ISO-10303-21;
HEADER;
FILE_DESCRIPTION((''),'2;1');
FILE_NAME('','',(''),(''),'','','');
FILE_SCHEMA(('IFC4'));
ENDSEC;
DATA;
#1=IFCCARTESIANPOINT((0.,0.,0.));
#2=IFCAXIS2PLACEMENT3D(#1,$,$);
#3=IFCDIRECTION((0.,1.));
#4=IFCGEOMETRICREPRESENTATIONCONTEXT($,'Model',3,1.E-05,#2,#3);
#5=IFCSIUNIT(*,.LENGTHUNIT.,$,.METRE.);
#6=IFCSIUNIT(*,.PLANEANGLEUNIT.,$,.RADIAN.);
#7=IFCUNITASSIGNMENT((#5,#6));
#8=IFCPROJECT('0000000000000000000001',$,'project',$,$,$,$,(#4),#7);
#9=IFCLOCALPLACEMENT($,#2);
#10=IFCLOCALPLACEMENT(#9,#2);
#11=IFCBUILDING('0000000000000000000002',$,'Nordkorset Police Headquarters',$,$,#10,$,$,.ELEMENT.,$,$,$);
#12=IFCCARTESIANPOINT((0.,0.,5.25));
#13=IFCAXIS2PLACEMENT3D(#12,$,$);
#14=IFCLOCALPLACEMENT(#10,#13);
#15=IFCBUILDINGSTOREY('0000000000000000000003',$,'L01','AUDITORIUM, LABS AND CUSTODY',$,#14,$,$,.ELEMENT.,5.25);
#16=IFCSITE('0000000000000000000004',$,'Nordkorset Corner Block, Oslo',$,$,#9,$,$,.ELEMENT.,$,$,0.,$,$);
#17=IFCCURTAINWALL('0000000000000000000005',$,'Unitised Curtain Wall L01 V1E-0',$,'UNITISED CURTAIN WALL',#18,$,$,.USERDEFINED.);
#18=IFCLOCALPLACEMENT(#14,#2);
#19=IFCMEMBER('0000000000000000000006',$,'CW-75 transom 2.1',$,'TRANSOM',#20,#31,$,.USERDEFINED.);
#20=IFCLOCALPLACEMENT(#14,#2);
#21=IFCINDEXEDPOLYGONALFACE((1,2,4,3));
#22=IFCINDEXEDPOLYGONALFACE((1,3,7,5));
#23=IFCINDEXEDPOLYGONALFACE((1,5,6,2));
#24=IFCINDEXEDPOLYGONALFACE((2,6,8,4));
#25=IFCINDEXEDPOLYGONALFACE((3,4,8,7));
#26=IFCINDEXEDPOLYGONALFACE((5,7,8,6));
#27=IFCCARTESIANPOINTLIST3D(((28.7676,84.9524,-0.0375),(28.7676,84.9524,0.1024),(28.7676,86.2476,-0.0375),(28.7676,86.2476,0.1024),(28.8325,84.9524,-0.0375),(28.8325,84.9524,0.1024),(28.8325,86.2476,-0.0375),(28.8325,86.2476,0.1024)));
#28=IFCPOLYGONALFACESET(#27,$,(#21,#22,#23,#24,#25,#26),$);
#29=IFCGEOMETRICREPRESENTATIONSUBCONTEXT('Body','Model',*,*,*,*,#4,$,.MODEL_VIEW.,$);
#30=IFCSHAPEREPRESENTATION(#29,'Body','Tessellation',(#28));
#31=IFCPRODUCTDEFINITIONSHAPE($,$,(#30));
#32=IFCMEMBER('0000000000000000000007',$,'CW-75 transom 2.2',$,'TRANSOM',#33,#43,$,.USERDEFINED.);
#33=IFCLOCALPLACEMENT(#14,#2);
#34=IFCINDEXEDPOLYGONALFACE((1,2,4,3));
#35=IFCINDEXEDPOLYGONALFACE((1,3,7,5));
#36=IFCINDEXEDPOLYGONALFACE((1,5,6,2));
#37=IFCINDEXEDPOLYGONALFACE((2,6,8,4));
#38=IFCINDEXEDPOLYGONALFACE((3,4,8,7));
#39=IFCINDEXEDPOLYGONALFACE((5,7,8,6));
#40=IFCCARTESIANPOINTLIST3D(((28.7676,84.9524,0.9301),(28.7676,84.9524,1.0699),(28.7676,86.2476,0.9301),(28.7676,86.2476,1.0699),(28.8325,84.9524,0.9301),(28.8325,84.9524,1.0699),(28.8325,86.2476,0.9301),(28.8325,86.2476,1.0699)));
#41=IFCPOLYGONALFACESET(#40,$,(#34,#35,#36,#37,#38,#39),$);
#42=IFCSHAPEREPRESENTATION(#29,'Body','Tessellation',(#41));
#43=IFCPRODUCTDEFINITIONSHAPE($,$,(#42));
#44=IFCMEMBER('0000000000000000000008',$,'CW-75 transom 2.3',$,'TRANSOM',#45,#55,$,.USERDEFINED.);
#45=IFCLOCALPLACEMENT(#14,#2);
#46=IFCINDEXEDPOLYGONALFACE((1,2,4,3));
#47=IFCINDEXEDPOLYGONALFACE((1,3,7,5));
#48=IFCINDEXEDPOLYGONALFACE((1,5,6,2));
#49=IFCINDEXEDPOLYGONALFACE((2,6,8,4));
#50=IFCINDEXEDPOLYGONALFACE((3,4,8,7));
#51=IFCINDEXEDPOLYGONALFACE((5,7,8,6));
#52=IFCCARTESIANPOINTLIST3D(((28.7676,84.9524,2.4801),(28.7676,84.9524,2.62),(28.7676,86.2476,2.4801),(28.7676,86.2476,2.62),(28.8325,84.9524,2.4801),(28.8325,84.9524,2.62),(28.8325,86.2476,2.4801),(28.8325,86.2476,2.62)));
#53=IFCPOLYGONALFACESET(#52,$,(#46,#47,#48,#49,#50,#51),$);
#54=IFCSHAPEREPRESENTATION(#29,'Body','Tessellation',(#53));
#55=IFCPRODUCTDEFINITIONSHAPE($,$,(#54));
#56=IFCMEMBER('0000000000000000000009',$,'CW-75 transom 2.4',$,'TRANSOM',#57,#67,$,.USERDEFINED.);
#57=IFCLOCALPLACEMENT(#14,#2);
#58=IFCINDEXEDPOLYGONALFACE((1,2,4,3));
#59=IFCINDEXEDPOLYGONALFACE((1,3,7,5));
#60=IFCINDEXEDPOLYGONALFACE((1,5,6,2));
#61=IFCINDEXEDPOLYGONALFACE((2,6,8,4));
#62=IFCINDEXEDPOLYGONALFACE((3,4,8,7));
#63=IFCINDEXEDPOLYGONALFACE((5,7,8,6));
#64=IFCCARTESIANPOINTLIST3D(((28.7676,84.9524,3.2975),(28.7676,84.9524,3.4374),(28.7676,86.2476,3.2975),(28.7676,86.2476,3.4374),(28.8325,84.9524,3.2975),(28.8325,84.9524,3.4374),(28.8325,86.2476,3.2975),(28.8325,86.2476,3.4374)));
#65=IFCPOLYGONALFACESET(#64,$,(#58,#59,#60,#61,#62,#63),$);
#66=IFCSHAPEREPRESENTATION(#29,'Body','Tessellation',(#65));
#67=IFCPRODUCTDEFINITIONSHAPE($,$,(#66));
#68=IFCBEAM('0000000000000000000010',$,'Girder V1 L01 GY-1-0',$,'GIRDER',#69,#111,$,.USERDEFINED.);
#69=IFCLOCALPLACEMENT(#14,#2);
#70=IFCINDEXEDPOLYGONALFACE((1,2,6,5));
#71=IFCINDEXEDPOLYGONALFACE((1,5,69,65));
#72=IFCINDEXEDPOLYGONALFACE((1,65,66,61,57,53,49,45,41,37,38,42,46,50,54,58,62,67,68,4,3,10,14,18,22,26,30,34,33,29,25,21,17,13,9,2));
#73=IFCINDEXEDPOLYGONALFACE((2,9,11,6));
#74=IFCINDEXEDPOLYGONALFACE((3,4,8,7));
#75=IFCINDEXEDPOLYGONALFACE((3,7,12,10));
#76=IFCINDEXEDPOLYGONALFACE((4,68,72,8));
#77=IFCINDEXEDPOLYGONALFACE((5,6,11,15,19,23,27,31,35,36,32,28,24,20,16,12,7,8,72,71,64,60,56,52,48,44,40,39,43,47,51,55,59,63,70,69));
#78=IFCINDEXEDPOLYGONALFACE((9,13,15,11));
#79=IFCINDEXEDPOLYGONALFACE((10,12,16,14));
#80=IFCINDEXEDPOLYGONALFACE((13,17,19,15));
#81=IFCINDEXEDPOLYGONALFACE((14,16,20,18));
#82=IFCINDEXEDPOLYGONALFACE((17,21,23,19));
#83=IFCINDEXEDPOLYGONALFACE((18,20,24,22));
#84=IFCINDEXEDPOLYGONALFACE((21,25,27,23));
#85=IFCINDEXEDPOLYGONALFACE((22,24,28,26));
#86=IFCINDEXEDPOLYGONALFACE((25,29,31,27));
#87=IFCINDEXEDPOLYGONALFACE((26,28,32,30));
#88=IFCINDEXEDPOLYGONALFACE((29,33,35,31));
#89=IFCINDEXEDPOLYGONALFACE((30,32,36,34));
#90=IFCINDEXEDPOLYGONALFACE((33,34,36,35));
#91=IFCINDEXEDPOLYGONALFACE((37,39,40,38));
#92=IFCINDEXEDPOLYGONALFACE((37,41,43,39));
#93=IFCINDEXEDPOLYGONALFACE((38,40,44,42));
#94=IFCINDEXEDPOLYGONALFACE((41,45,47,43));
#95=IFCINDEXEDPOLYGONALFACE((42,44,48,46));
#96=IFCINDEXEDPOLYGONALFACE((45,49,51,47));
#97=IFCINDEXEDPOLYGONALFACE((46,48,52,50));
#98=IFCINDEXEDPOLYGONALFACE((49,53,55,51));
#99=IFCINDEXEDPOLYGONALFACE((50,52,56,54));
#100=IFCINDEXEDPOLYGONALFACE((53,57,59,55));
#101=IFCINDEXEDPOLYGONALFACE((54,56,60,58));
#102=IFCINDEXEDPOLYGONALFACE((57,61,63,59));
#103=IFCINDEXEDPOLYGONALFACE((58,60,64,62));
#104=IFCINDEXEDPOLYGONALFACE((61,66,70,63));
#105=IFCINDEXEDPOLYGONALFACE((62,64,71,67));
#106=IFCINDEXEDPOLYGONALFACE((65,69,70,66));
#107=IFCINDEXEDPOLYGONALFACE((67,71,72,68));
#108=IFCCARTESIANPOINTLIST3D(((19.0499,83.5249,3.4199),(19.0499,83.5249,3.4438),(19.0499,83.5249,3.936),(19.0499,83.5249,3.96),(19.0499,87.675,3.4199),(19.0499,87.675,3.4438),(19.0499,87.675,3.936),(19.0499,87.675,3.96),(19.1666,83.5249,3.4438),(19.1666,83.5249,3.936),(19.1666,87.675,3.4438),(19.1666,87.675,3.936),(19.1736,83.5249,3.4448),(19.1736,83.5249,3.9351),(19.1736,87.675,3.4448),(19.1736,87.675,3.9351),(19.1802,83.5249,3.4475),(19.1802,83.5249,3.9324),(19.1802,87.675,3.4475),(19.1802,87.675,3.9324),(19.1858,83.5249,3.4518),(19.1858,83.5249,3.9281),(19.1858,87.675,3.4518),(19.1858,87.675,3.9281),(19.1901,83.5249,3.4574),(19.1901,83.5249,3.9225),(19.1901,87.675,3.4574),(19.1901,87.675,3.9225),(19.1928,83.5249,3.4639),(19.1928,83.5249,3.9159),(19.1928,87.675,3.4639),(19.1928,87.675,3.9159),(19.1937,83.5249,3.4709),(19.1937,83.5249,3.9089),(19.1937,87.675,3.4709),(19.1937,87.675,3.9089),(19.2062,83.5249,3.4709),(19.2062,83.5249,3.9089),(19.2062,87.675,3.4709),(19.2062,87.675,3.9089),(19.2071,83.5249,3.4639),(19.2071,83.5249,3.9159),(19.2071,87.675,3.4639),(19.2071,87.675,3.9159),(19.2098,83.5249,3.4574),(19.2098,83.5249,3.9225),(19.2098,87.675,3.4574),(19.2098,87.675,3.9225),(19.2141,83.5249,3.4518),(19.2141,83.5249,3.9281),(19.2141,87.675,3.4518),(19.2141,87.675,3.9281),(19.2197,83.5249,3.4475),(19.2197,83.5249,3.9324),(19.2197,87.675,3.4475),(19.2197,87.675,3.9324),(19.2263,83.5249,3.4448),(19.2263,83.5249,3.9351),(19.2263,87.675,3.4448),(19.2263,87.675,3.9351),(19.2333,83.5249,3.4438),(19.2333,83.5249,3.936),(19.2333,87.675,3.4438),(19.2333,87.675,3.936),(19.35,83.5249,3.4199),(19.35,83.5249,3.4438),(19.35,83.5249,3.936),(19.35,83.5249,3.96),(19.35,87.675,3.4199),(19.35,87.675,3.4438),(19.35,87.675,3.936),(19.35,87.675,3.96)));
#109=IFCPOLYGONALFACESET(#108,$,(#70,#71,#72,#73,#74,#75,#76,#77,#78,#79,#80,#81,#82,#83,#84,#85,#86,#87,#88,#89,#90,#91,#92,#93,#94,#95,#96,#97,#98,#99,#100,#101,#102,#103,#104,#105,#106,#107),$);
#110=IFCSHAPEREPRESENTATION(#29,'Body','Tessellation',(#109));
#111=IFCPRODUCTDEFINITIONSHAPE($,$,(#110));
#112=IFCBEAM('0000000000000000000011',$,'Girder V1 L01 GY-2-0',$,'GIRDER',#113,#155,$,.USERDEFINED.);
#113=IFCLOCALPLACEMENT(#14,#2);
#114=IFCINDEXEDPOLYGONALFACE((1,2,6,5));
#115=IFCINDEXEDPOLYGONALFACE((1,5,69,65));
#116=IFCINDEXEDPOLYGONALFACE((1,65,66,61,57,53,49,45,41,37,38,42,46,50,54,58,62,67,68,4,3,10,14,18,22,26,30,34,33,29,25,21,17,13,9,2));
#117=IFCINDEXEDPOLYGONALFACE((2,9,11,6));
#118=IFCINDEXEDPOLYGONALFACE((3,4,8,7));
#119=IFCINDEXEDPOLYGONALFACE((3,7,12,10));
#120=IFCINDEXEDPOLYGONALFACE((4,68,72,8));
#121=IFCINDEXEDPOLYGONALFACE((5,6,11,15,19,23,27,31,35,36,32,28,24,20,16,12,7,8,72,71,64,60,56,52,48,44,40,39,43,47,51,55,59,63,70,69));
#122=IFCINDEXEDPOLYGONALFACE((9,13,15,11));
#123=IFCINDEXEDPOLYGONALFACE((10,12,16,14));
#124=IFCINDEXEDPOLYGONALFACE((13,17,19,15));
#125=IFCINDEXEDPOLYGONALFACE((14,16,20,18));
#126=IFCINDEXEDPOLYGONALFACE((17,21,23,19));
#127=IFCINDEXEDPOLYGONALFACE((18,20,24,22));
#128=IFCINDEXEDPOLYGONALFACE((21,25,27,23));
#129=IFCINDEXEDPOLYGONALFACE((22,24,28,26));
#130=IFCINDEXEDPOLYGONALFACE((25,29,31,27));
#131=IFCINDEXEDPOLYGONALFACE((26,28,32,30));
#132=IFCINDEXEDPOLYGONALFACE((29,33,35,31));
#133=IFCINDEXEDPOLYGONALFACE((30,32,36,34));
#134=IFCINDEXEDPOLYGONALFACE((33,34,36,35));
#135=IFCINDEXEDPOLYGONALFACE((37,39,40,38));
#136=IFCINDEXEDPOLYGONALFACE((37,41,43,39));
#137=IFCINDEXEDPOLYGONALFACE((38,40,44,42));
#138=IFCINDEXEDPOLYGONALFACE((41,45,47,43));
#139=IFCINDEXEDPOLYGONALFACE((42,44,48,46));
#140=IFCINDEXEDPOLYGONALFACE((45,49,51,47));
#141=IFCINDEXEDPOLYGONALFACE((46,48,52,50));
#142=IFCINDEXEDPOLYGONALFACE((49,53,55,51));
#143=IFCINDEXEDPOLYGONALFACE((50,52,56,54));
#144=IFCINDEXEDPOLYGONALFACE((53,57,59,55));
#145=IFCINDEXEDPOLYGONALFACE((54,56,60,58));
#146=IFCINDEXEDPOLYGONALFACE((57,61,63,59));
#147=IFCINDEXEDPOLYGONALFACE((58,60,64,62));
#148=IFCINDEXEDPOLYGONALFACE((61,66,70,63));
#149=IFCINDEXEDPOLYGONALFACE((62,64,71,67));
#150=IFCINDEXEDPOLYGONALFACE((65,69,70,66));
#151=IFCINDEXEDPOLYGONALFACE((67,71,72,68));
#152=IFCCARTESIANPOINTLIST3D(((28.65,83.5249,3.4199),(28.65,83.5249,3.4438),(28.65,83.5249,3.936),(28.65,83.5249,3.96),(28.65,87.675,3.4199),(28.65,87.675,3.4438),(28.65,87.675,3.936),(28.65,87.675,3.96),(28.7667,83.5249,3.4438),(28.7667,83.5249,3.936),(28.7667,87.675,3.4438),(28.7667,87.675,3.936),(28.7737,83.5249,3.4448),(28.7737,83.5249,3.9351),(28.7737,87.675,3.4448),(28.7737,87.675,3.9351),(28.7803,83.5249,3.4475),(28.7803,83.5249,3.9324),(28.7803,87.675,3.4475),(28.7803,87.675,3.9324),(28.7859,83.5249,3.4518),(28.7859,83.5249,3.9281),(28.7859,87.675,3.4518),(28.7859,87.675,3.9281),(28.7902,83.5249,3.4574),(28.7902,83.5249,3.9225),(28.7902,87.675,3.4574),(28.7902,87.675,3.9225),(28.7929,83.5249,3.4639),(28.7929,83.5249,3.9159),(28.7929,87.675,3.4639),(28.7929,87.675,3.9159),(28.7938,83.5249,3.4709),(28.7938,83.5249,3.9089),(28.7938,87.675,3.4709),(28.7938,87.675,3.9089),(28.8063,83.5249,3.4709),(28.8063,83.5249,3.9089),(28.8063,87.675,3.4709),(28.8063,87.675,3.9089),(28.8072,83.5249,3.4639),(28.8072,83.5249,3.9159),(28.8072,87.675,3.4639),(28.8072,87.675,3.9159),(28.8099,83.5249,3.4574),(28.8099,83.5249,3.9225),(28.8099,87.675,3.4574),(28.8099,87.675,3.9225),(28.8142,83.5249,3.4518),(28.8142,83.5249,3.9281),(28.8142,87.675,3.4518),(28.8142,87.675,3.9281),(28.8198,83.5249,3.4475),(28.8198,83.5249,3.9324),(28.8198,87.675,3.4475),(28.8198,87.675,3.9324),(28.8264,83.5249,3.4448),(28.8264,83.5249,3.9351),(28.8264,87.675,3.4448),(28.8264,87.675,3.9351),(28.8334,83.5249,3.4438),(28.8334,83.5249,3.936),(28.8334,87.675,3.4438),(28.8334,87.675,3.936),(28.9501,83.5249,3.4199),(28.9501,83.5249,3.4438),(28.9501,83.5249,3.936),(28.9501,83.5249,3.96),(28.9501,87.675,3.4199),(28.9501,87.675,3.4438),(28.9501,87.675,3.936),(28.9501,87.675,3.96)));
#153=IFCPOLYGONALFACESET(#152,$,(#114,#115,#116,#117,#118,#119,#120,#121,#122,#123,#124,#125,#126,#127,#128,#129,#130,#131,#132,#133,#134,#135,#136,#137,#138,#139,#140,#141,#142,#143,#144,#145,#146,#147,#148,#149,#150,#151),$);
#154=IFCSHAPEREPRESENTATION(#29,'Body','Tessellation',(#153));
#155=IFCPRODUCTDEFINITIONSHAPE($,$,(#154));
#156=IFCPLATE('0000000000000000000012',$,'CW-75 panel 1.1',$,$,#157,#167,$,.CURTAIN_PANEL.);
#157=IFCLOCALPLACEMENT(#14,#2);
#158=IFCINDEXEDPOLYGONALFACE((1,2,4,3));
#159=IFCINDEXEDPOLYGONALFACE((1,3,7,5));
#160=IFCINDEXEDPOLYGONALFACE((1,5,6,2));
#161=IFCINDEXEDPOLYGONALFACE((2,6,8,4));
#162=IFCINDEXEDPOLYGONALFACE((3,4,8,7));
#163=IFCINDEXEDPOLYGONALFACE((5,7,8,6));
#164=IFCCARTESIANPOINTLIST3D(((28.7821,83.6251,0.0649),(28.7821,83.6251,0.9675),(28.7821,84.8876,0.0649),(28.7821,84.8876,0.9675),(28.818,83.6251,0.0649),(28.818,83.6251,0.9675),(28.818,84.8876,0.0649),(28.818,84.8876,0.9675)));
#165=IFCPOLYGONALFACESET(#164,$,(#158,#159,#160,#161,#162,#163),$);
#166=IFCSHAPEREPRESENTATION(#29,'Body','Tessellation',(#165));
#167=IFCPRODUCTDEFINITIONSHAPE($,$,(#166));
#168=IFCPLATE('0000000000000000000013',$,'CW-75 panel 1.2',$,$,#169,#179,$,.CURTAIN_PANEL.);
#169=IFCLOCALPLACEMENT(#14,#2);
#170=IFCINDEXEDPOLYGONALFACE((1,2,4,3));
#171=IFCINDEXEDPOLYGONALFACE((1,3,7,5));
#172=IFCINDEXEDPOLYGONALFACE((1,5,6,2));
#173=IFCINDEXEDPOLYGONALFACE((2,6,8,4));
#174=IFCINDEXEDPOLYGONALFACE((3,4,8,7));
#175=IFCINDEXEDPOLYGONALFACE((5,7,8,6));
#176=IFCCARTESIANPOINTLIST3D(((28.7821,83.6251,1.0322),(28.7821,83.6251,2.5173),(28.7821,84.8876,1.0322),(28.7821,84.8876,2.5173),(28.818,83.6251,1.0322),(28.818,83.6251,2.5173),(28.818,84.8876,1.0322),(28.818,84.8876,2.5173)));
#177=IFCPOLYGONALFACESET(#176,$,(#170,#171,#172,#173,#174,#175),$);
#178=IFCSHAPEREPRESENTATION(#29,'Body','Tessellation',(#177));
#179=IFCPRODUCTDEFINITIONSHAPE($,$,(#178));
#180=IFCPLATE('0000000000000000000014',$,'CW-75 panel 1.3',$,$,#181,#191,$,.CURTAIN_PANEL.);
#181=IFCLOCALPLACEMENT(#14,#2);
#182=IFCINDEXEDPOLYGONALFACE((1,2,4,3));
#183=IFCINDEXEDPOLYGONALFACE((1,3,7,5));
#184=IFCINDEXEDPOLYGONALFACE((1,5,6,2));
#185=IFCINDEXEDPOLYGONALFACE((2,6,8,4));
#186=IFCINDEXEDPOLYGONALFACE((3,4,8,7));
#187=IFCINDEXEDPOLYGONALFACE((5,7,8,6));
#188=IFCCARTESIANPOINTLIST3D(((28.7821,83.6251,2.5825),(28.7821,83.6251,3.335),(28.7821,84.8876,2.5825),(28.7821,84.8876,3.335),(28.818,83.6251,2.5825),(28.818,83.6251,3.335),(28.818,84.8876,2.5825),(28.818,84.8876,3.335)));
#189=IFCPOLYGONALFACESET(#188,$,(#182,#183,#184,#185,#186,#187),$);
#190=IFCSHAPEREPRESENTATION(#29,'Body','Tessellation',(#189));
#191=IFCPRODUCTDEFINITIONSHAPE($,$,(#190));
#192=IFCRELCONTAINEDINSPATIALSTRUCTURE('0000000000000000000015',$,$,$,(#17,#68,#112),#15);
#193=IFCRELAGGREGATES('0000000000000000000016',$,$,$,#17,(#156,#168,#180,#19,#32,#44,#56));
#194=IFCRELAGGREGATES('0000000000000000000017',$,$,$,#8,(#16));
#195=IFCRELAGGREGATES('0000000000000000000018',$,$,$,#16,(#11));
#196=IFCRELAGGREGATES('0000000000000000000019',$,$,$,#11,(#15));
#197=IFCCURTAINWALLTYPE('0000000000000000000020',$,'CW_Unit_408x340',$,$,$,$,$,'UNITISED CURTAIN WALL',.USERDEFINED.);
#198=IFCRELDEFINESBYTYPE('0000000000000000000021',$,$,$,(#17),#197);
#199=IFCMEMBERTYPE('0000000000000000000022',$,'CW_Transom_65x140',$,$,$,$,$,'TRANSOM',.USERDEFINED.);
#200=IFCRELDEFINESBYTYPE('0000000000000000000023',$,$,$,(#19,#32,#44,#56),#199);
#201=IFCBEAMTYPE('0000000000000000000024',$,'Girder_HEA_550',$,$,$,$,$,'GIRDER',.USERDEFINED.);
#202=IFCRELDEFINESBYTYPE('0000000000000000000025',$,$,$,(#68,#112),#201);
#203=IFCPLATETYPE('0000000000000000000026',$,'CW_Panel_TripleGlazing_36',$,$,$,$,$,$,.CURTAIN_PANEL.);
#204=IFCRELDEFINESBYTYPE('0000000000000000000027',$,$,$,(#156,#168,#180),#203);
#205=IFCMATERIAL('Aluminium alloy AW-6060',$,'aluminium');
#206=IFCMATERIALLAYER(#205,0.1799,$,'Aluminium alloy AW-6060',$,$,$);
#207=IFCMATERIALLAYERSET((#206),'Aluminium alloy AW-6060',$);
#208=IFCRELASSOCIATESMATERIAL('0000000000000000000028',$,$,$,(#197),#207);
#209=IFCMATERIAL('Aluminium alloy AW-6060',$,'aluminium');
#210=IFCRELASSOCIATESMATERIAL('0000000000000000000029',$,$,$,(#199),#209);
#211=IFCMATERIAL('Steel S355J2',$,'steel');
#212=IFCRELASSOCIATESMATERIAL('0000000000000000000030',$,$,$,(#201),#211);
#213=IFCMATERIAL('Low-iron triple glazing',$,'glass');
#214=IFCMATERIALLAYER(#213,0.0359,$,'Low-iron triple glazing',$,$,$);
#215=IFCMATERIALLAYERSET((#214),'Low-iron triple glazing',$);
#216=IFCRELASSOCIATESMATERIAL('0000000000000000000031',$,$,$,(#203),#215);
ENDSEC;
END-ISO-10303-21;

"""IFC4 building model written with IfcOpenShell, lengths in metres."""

from ifc_helpers import new_model, si_unit, direction, frame, origin, origin_2d, place, context, subcontext, project, spatial, rectangle, i_section, extrude, material, layer, layer_set, material_profile, profile_set, type_object, element, aggregate, save


model = new_model("IFC4")

# Units and contexts
model_context = context("Model", 3, precision=1e-05, world=origin(), true_north=direction((0.0, 1.0)))
body_context = subcontext(model_context, "Body", "Model", "MODEL_VIEW")
ifc_project = project(units=[si_unit("LENGTHUNIT", "METRE"), si_unit("PLANEANGLEUNIT", "RADIAN")], contexts=[model_context])

# Site, building, storey
site_placement = place(None, origin())
site = spatial("IfcSite", under=ifc_project, at=site_placement, Name="Nordkorset Corner Block, Oslo", CompositionType="ELEMENT", RefElevation=0.0)
building_placement = place(site_placement, origin())
building = spatial("IfcBuilding", under=site, at=building_placement, Name="Nordkorset Police Headquarters", CompositionType="ELEMENT")
storey_placement = place(building_placement, frame((0.0, 0.0, 5.25)))
storey = spatial("IfcBuildingStorey", under=building, at=storey_placement, Name="L01", Description="AUDITORIUM, LABS AND CUSTODY", CompositionType="ELEMENT", Elevation=5.25)

# Curtain wall
ifc_material_1 = material(Name="Aluminium alloy AW-6060", Category="aluminium")
ifc_layer_1 = layer(ifc_material_1, 0.1799, Name="Aluminium alloy AW-6060")
ifc_layer_set_1 = layer_set([ifc_layer_1], Name="Aluminium alloy AW-6060")
curtain_wall_type_1 = type_object("IfcCurtainWallType", Name="CW_Unit_408x340", ElementType="UNITISED CURTAIN WALL", PredefinedType="USERDEFINED", material=ifc_layer_set_1)
curtain_wall_1_placement = place(storey_placement, origin())
curtain_wall_1 = element("IfcCurtainWall", 1, at=curtain_wall_1_placement, inside=storey, type_object=curtain_wall_type_1, Name="Unitised Curtain Wall L01 V1E-0", ObjectType="UNITISED CURTAIN WALL", PredefinedType="USERDEFINED")

# Members
ifc_material_2 = material(Name="Aluminium alloy AW-6060", Category="aluminium")
ifc_material_profile_1 = material_profile(ifc_material_2, rectangle(XDim=0.0649, YDim=0.1399, at=origin_2d()), Name="ALU TRAN 65x140")
ifc_profile_set_1 = profile_set([ifc_material_profile_1], Name="Aluminium alloy AW-6060")
member_type_1 = type_object("IfcMemberType", Name="CW_Transom_65x140", ElementType="TRANSOM", PredefinedType="USERDEFINED", material=ifc_profile_set_1)
member_1_placement = place(storey_placement, frame((28.8, 84.9524, 0.0325), z_axis=(0.0, 1.0, 0.0), x_axis=(-1.0, 0.0, 0.0)))
member_1 = element("IfcMember", 2, at=member_1_placement, type_object=member_type_1, Name="CW-75 transom 2.1", ObjectType="TRANSOM", PredefinedType="USERDEFINED", context=body_context, shape_type="SweptSolid", body=[
    extrude(rectangle(XDim=0.0649, YDim=0.1399, at=origin_2d()), origin(), (0.0, 0.0, 1.0), 1.2952),
])
member_2_placement = place(storey_placement, frame((28.8, 84.9524, 1.0), z_axis=(0.0, 1.0, 0.0), x_axis=(-1.0, 0.0, 0.0)))
member_2 = element("IfcMember", 3, at=member_2_placement, type_object=member_type_1, Name="CW-75 transom 2.2", ObjectType="TRANSOM", PredefinedType="USERDEFINED", context=body_context, shape_type="SweptSolid", body=[
    extrude(rectangle(XDim=0.0649, YDim=0.1399, at=origin_2d()), origin(), (0.0, 0.0, 1.0), 1.2952),
])
member_3_placement = place(storey_placement, frame((28.8, 84.9524, 2.55), z_axis=(0.0, 1.0, 0.0), x_axis=(-1.0, 0.0, 0.0)))
member_3 = element("IfcMember", 4, at=member_3_placement, type_object=member_type_1, Name="CW-75 transom 2.3", ObjectType="TRANSOM", PredefinedType="USERDEFINED", context=body_context, shape_type="SweptSolid", body=[
    extrude(rectangle(XDim=0.0649, YDim=0.1399, at=origin_2d()), origin(), (0.0, 0.0, 1.0), 1.2952),
])
member_4_placement = place(storey_placement, frame((28.8, 84.9524, 3.3674), z_axis=(0.0, 1.0, 0.0), x_axis=(-1.0, 0.0, 0.0)))
member_4 = element("IfcMember", 5, at=member_4_placement, type_object=member_type_1, Name="CW-75 transom 2.4", ObjectType="TRANSOM", PredefinedType="USERDEFINED", context=body_context, shape_type="SweptSolid", body=[
    extrude(rectangle(XDim=0.0649, YDim=0.1399, at=origin_2d()), origin(), (0.0, 0.0, 1.0), 1.2952),
])

# Beams
ifc_material_3 = material(Name="Steel S355J2", Category="steel")
ifc_material_profile_2 = material_profile(ifc_material_3, i_section(OverallWidth=0.3, OverallDepth=0.54, WebThickness=0.0125, FlangeThickness=0.0239, FilletRadius=0.0271, at=origin_2d()), Name="HEA 550")
ifc_profile_set_2 = profile_set([ifc_material_profile_2], Name="Steel S355J2")
beam_type_1 = type_object("IfcBeamType", Name="Girder_HEA_550", ElementType="GIRDER", PredefinedType="USERDEFINED", material=ifc_profile_set_2)
for number, where, z_axis, x_axis, name in (
    (6, (19.2, 83.5249, 3.6899), (0.0, 1.0, 0.0), (-1.0, 0.0, 0.0), "Girder V1 L01 GY-1-0"),
    (7, (28.8, 83.5249, 3.6899), (0.0, 1.0, 0.0), (-1.0, 0.0, 0.0), "Girder V1 L01 GY-2-0"),
):
    element("IfcBeam", number, at=place(storey_placement, frame(where, z_axis=z_axis, x_axis=x_axis)), inside=storey, type_object=beam_type_1, Name=name, ObjectType="GIRDER", PredefinedType="USERDEFINED", context=body_context, shape_type="SweptSolid", body=[
        extrude(i_section(OverallWidth=0.3, OverallDepth=0.54, WebThickness=0.0125, FlangeThickness=0.0239, FilletRadius=0.0271, at=origin_2d()), origin(), (0.0, 0.0, 1.0), 4.1501),
    ])

# Plates
ifc_material_4 = material(Name="Low-iron triple glazing", Category="glass")
ifc_layer_2 = layer(ifc_material_4, 0.0359, Name="Low-iron triple glazing")
ifc_layer_set_2 = layer_set([ifc_layer_2], Name="Low-iron triple glazing")
plate_type = type_object("IfcPlateType", Name="CW_Panel_TripleGlazing_36", PredefinedType="CURTAIN_PANEL", material=ifc_layer_set_2)
plate_1_placement = place(storey_placement, frame((28.8, 84.2563, 0.0649), z_axis=(0.0, 0.0, 1.0), x_axis=(0.0, 1.0, 0.0)))
plate_1 = element("IfcPlate", 8, at=plate_1_placement, type_object=plate_type, Name="CW-75 panel 1.1", PredefinedType="CURTAIN_PANEL", context=body_context, shape_type="SweptSolid", body=[
    extrude(rectangle(XDim=1.2625, YDim=0.0359, at=origin_2d()), origin(), (0.0, 0.0, 1.0), 0.9026),
])
plate_2_placement = place(storey_placement, frame((28.8, 84.2563, 1.0322), z_axis=(0.0, 0.0, 1.0), x_axis=(0.0, 1.0, 0.0)))
plate_2 = element("IfcPlate", 9, at=plate_2_placement, type_object=plate_type, Name="CW-75 panel 1.2", PredefinedType="CURTAIN_PANEL", context=body_context, shape_type="SweptSolid", body=[
    extrude(rectangle(XDim=1.2625, YDim=0.0359, at=origin_2d()), origin(), (0.0, 0.0, 1.0), 1.4851),
])
plate_3_placement = place(storey_placement, frame((28.8, 84.2563, 2.5825), z_axis=(0.0, 0.0, 1.0), x_axis=(0.0, 1.0, 0.0)))
plate_3 = element("IfcPlate", 10, at=plate_3_placement, type_object=plate_type, Name="CW-75 panel 1.3", PredefinedType="CURTAIN_PANEL", context=body_context, shape_type="SweptSolid", body=[
    extrude(rectangle(XDim=1.2625, YDim=0.0359, at=origin_2d()), origin(), (0.0, 0.0, 1.0), 0.7524),
])
aggregate(curtain_wall_1, [plate_1, plate_2, plate_3, member_1, member_2, member_3, member_4])

save(model, "model.ifc")
